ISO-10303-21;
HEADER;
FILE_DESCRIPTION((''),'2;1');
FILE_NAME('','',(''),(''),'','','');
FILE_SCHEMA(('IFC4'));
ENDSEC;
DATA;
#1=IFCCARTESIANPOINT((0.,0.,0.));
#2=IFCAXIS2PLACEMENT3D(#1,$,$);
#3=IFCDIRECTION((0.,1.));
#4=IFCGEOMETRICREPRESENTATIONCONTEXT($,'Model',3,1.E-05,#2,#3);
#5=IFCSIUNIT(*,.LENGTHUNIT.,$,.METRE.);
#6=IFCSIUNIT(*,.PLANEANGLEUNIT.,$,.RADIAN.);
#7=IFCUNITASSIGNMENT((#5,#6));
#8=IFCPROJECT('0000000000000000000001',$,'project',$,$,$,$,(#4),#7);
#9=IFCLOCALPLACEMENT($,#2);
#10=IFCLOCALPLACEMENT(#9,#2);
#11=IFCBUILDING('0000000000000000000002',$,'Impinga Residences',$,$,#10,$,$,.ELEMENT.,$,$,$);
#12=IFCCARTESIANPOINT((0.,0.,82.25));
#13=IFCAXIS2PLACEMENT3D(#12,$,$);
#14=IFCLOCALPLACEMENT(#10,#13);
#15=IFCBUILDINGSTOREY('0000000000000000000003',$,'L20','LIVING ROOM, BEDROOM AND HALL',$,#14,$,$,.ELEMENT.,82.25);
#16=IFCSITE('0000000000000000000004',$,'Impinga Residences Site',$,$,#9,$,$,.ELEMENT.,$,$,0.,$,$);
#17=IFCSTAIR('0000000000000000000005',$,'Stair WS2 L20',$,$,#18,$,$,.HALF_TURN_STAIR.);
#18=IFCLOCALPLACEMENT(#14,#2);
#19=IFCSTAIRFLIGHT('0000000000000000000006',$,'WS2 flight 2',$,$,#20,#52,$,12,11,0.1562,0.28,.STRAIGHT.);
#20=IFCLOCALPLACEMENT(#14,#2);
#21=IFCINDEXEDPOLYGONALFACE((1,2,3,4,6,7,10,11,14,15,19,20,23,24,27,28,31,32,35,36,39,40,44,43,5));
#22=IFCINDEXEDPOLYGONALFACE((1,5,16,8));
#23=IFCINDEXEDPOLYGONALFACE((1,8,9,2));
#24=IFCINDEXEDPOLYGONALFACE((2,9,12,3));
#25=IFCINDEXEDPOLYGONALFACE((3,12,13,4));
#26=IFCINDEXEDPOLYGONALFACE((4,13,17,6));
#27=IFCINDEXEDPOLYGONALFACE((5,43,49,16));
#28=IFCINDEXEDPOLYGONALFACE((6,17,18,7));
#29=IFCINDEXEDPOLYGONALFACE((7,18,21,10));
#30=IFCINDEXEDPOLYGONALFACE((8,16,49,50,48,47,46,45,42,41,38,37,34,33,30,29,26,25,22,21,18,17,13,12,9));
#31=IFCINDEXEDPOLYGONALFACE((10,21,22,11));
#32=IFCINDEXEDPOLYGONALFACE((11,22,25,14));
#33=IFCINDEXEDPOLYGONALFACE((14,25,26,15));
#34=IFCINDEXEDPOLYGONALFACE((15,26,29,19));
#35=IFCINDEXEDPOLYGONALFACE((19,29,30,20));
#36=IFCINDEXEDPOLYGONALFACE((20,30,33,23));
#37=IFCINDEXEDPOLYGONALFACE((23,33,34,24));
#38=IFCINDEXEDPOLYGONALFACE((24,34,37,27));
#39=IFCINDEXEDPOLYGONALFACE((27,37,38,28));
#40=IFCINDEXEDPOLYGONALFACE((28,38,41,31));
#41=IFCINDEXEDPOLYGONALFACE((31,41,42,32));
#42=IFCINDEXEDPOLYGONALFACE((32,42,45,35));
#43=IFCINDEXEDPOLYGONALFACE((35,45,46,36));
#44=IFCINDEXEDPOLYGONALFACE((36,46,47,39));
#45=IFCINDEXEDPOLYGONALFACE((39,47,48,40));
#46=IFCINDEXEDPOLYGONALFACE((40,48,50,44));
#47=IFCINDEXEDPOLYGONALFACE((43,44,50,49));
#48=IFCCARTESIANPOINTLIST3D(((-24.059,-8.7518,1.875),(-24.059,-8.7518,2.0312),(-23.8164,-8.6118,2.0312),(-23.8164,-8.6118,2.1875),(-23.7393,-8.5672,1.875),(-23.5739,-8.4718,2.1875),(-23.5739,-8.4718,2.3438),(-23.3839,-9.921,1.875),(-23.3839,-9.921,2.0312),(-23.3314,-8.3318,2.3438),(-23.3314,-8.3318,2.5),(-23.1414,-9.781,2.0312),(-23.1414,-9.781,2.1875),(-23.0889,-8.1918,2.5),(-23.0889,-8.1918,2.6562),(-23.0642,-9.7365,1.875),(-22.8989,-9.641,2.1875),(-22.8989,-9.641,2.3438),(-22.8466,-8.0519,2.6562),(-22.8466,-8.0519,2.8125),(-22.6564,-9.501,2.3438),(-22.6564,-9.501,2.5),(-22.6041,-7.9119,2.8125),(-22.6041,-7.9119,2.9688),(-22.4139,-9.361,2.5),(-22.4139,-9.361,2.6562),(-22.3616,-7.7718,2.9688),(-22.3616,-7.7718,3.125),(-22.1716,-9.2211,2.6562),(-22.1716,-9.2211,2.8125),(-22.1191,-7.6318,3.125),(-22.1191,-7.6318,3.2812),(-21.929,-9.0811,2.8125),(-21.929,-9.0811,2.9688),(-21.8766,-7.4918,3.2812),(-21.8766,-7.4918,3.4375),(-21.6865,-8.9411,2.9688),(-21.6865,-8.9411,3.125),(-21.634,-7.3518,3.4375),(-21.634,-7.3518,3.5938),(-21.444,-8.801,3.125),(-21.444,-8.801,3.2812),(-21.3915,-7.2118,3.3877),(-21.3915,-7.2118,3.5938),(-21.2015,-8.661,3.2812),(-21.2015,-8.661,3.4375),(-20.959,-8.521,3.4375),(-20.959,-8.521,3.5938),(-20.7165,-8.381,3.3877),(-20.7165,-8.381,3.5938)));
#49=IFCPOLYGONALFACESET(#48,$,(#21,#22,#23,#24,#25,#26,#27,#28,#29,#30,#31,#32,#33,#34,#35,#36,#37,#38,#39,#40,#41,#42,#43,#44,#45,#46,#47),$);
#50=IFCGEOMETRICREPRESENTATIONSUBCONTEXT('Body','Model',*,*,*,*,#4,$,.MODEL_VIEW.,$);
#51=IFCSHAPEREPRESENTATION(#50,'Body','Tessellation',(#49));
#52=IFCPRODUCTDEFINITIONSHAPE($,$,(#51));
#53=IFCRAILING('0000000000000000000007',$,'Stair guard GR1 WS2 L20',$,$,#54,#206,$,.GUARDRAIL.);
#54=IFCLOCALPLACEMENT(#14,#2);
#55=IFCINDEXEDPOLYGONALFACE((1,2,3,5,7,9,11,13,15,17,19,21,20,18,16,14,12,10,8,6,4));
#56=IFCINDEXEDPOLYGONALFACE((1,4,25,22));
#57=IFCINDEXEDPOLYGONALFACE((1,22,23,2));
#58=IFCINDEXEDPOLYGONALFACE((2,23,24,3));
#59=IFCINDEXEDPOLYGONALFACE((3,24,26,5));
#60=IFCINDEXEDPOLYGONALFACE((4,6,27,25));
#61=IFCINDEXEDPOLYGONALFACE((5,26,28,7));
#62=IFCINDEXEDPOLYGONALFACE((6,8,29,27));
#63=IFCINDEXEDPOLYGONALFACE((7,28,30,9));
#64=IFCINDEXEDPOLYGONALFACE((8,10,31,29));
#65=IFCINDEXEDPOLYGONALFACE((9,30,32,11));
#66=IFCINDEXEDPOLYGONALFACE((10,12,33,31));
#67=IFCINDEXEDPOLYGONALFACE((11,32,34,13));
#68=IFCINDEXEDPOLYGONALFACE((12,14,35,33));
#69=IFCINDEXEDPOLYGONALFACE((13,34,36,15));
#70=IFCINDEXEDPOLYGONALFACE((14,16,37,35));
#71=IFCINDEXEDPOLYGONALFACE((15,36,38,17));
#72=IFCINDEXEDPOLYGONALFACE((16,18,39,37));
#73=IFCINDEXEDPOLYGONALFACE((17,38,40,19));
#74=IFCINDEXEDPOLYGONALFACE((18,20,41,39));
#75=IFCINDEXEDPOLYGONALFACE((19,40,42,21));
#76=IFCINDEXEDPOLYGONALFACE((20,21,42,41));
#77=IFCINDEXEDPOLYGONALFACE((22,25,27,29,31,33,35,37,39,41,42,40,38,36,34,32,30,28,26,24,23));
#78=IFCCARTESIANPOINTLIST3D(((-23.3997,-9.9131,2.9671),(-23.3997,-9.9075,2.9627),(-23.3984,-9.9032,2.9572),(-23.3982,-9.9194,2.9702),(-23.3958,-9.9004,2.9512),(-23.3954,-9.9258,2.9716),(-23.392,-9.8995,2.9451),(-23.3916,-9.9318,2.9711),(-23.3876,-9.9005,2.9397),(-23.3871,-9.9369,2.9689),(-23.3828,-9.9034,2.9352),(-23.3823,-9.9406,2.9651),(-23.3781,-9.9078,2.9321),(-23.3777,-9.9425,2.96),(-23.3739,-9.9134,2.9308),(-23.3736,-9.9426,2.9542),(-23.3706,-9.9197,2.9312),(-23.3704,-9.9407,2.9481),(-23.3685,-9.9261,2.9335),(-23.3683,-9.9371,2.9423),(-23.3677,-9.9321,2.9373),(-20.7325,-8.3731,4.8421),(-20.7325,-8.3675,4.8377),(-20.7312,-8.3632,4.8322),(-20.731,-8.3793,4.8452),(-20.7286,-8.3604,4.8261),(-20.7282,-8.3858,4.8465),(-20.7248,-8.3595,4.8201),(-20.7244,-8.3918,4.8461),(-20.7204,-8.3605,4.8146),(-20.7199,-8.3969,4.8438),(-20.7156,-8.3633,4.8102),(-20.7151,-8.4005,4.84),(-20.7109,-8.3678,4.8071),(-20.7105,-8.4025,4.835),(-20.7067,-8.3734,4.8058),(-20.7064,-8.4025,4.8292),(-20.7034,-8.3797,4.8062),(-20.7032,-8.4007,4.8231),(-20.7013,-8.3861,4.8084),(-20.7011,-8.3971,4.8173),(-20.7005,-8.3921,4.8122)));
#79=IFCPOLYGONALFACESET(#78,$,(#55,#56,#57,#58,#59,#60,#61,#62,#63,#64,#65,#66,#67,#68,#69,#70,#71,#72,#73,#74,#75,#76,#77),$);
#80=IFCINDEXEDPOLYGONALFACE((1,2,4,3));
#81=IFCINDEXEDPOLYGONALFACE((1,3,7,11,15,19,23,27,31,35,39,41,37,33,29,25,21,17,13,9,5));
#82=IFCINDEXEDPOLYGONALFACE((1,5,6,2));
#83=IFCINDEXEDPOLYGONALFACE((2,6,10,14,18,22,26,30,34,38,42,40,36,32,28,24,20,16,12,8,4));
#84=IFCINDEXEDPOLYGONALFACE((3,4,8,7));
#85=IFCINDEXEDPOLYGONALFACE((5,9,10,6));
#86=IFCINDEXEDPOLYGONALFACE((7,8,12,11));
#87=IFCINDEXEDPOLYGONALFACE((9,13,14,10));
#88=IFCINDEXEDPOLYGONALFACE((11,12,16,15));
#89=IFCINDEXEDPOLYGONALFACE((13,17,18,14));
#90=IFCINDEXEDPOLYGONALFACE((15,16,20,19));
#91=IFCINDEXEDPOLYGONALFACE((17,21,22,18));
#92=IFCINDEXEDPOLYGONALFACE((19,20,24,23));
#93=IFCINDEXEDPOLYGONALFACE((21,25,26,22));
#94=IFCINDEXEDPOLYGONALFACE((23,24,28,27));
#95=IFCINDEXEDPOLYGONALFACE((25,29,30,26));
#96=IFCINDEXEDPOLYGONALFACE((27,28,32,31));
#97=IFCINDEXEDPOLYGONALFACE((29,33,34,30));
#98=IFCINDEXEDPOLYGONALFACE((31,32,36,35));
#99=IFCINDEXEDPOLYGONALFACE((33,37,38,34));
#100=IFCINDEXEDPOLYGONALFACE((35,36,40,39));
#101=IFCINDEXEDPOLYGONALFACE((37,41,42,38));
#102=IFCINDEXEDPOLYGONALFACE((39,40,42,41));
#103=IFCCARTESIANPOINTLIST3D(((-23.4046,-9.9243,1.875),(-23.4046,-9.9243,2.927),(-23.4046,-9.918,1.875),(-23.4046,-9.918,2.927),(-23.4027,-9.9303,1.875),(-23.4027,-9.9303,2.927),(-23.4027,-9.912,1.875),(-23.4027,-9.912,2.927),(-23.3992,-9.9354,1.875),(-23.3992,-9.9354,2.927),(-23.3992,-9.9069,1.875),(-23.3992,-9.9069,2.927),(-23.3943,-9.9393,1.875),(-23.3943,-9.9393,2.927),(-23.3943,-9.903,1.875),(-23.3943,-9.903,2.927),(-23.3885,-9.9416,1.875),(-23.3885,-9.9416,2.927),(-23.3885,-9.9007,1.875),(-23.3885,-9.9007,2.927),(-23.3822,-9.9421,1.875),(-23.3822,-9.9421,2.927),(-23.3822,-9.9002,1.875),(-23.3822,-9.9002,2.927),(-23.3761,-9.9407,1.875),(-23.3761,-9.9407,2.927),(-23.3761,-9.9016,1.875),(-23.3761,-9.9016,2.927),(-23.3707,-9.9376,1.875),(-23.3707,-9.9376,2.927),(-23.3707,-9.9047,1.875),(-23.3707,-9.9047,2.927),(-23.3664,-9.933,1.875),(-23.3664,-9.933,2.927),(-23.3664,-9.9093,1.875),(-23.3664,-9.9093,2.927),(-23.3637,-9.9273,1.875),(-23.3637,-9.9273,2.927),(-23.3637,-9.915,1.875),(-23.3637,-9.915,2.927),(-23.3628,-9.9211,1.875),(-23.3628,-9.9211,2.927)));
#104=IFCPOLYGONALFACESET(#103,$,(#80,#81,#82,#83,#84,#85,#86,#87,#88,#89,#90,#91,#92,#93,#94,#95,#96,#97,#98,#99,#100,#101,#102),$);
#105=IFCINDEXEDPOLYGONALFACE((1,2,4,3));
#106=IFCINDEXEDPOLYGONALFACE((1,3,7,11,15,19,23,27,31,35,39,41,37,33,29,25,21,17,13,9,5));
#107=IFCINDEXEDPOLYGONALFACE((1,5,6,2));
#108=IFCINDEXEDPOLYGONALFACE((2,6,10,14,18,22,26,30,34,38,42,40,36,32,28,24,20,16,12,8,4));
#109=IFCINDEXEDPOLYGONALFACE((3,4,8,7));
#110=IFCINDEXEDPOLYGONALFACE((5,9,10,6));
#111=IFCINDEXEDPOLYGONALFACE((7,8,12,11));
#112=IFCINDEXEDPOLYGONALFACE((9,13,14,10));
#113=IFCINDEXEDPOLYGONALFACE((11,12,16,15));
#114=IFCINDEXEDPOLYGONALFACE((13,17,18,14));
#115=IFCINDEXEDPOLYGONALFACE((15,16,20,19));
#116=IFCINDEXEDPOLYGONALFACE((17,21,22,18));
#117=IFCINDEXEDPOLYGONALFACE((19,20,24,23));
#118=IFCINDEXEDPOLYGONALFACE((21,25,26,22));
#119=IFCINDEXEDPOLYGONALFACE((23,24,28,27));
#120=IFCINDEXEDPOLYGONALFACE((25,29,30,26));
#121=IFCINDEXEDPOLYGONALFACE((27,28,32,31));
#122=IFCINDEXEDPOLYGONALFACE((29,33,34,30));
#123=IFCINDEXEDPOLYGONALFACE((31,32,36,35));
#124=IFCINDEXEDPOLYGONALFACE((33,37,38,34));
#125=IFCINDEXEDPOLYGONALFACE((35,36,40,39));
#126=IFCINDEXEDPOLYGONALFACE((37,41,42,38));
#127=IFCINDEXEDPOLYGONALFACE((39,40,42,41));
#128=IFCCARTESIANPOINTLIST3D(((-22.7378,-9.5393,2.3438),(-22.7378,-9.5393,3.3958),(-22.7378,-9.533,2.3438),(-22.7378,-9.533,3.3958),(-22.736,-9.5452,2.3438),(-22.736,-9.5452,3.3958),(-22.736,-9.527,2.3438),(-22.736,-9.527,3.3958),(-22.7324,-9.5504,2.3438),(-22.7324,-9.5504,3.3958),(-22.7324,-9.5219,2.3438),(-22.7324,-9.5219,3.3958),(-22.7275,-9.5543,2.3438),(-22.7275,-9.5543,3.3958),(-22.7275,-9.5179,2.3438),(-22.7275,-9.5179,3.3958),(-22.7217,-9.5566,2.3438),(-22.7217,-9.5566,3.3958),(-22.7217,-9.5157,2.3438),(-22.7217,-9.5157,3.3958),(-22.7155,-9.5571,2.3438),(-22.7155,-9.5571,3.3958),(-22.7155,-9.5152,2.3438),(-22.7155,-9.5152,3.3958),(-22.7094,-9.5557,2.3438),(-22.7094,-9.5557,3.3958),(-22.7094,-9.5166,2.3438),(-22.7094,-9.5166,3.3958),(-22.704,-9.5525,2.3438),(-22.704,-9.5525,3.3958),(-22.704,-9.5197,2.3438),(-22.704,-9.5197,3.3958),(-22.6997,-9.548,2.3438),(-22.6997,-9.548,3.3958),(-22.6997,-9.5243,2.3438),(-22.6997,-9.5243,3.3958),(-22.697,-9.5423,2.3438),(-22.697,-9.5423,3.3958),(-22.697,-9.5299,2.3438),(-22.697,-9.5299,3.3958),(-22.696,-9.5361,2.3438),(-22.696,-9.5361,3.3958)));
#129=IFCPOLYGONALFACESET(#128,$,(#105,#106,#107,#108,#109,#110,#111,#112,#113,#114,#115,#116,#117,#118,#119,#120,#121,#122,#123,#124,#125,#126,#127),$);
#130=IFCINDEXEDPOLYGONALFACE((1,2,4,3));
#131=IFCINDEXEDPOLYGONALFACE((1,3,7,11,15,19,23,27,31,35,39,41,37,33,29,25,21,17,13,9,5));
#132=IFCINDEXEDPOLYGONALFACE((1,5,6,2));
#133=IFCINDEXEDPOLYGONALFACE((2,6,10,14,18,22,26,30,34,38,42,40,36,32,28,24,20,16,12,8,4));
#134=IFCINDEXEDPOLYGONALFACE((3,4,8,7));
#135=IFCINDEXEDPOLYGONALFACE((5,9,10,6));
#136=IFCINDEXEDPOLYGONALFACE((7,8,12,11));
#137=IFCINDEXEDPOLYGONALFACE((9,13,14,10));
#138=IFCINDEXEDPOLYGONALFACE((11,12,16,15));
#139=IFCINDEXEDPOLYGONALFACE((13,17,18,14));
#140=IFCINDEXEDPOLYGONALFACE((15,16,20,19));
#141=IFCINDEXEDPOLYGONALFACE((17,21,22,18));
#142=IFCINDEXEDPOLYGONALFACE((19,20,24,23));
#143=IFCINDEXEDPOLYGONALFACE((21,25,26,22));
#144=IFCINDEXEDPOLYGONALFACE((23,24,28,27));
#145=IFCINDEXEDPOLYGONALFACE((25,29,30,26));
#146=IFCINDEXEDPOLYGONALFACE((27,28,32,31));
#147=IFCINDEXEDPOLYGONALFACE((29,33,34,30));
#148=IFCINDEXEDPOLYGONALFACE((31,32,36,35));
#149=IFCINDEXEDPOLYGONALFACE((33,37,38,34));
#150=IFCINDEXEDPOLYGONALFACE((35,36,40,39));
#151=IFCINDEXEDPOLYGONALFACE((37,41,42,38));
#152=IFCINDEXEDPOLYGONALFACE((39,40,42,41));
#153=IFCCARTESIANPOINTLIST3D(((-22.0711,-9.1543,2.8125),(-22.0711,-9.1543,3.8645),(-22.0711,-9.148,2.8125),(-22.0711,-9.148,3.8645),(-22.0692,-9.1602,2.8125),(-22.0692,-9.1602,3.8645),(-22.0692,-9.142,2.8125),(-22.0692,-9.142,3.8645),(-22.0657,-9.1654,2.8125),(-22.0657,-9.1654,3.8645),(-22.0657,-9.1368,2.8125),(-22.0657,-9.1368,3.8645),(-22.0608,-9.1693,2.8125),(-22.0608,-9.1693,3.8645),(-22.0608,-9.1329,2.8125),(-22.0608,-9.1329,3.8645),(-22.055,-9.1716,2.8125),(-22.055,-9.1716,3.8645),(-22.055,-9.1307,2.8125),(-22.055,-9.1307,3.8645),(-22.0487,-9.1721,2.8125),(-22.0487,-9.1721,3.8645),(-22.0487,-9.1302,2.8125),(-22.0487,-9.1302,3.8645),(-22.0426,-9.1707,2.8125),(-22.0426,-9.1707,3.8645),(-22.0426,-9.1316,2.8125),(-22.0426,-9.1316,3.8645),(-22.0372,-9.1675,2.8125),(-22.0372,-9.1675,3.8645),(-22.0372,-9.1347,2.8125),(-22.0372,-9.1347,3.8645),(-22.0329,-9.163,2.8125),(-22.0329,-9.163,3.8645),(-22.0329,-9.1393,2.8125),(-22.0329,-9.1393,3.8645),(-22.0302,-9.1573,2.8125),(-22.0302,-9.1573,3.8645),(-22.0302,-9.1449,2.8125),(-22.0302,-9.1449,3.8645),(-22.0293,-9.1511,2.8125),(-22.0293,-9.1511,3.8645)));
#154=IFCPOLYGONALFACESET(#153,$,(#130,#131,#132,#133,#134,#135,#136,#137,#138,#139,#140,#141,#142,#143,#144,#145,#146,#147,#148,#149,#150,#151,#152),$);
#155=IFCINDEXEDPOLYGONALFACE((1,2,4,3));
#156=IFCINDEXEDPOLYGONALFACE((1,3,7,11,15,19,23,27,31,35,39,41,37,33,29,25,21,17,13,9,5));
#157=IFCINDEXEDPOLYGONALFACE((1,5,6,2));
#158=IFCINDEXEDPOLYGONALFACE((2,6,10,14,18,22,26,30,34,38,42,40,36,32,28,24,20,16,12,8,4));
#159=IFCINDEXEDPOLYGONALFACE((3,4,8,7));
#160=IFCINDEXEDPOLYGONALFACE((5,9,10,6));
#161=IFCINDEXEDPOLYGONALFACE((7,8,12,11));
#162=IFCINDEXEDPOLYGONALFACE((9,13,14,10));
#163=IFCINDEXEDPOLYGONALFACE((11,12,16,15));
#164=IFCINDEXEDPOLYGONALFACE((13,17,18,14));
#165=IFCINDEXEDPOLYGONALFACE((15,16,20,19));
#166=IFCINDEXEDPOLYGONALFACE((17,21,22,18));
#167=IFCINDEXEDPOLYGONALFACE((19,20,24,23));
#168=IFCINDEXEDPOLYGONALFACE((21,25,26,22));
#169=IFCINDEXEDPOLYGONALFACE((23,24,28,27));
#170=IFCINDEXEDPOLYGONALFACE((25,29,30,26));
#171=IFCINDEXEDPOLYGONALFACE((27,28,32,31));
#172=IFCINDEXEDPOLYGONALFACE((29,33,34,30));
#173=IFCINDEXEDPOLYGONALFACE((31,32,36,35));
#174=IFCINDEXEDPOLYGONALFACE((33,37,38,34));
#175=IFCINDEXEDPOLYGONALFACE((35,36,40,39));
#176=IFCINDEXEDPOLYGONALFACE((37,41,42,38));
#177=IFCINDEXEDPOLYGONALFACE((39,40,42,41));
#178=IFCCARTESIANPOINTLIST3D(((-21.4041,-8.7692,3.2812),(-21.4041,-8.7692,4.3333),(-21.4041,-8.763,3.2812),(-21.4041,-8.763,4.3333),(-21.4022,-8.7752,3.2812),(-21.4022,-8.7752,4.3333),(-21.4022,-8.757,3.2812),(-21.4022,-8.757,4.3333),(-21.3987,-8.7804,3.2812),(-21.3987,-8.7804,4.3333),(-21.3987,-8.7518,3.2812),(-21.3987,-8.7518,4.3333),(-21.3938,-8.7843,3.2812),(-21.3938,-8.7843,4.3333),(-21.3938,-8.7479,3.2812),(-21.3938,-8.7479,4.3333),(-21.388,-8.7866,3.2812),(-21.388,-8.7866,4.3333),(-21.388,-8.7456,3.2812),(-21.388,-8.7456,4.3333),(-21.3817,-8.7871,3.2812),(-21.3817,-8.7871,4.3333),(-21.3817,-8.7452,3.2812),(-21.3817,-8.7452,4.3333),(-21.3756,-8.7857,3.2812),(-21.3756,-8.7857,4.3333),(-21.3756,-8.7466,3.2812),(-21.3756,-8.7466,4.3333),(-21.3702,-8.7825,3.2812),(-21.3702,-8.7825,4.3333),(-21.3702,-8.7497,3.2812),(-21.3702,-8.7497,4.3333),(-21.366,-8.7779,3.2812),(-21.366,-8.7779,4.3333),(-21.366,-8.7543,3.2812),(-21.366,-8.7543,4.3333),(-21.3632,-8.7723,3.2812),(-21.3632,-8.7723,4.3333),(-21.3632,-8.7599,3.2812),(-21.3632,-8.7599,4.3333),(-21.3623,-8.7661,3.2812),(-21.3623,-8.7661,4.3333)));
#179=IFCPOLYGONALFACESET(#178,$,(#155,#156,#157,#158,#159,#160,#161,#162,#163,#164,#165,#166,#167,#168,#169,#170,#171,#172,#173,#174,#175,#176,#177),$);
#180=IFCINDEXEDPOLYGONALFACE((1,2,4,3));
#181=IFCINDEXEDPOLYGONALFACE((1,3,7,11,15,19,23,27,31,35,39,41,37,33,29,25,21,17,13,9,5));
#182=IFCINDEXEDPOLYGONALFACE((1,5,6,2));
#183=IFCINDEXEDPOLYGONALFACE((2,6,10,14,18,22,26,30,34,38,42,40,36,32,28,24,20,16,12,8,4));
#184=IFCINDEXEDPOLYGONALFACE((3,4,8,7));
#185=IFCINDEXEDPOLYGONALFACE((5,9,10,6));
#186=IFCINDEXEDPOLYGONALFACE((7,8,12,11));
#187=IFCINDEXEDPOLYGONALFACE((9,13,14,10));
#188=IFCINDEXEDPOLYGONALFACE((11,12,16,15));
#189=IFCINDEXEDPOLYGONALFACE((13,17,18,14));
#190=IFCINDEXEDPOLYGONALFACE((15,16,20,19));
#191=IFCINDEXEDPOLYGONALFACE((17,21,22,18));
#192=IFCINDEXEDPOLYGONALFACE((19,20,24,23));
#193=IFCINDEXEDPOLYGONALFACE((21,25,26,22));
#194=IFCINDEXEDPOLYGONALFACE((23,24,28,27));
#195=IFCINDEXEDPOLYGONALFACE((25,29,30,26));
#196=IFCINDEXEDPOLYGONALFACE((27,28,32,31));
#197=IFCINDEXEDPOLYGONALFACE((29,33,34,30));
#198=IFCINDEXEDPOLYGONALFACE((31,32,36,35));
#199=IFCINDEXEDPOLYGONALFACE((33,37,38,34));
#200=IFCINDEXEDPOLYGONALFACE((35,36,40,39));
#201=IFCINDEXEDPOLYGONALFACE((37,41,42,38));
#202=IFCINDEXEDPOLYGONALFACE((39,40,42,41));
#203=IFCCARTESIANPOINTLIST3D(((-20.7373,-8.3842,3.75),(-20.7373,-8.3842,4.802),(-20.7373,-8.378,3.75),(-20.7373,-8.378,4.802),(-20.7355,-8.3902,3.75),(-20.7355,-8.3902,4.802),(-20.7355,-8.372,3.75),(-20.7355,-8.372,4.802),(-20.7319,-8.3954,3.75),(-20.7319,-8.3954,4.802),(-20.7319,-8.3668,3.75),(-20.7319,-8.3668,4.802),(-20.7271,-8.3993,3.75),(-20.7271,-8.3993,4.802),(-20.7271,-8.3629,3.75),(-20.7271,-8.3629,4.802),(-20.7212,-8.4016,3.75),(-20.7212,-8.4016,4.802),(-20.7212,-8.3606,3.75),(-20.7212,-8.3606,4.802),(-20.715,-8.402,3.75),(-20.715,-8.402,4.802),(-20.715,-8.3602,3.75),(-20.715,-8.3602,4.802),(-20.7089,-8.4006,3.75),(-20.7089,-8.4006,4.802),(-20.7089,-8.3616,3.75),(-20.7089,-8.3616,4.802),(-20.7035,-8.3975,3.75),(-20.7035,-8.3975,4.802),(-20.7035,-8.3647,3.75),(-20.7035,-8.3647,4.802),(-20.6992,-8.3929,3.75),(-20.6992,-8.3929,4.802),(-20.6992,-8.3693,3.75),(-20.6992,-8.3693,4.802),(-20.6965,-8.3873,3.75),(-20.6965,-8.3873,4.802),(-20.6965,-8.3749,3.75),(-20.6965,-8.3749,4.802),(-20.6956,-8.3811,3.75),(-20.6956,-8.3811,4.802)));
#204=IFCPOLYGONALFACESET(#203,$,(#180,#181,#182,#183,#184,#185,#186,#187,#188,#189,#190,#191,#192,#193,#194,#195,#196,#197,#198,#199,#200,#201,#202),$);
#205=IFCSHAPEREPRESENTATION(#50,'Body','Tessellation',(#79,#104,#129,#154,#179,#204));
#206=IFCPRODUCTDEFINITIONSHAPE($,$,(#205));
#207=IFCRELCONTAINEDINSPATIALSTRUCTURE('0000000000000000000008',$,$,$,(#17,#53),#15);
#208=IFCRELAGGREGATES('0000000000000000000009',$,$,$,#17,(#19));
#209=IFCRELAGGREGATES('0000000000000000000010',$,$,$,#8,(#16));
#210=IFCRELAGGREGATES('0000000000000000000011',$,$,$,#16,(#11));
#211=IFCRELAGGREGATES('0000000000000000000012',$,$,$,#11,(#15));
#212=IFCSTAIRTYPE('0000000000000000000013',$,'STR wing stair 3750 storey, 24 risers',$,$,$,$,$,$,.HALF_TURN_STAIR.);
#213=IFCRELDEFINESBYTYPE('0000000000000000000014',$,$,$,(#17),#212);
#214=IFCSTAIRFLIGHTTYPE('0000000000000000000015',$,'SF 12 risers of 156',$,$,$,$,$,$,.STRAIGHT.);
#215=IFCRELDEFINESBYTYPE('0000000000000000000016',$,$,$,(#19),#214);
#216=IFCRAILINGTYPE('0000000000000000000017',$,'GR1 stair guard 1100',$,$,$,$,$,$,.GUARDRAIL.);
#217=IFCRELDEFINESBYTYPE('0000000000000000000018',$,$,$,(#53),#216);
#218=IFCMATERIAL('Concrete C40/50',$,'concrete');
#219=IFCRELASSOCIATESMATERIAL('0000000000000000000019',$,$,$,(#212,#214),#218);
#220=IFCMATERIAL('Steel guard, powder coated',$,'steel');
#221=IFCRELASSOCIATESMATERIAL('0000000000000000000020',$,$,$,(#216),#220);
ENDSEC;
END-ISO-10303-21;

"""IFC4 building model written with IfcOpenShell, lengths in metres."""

from ifc_helpers import new_model, si_unit, direction, frame, origin, origin_2d, place, context, subcontext, project, spatial, polyline, circle, outline, extrude, material, type_object, element, aggregate, save


model = new_model("IFC4")

# Units and contexts
model_context = context("Model", 3, precision=1e-05, world=origin(), true_north=direction((0.0, 1.0)))
body_context = subcontext(model_context, "Body", "Model", "MODEL_VIEW")
ifc_project = project(units=[si_unit("LENGTHUNIT", "METRE"), si_unit("PLANEANGLEUNIT", "RADIAN")], contexts=[model_context])

# Site, building, storey
site_placement = place(None, origin())
site = spatial("IfcSite", under=ifc_project, at=site_placement, Name="Impinga Residences Site", CompositionType="ELEMENT", RefElevation=0.0)
building_placement = place(site_placement, origin())
building = spatial("IfcBuilding", under=site, at=building_placement, Name="Impinga Residences", CompositionType="ELEMENT")
storey_placement = place(building_placement, frame((0.0, 0.0, 82.25)))
storey = spatial("IfcBuildingStorey", under=building, at=storey_placement, Name="L20", Description="LIVING ROOM, BEDROOM AND HALL", CompositionType="ELEMENT", Elevation=82.25)

# Stair, stair flight
ifc_material_1 = material(Name="Concrete C40/50", Category="concrete")
stair_type = type_object("IfcStairType", Name="STR wing stair 3750 storey, 24 risers", PredefinedType="HALF_TURN_STAIR", material=ifc_material_1)
stair_placement = place(storey_placement, origin())
stair = element("IfcStair", 1, at=stair_placement, inside=storey, type_object=stair_type, Name="Stair WS2 L20", PredefinedType="HALF_TURN_STAIR")
stair_flight_type = type_object("IfcStairFlightType", Name="SF 12 risers of 156", PredefinedType="STRAIGHT", material=ifc_material_1)
stair_flight_1_placement = place(storey_placement, frame((-23.7214, -9.3364, 1.875), z_axis=(0.0, 0.0, 1.0), x_axis=(0.866025, 0.5, 0.0)))
stair_flight_1 = element("IfcStairFlight", 2, at=stair_flight_1_placement, type_object=stair_flight_type, Name="WS2 flight 2", NumberOfRisers=12, NumberOfTreads=11, PredefinedType="STRAIGHT", RiserHeight=0.1562, TreadLength=0.28, context=body_context, shape_type="SweptSolid", body=[
    extrude(outline(polyline([(0.0, 0.0), (0.0, 0.1562), (0.28, 0.1562), (0.28, 0.3125), (0.5601, 0.3125), (0.5601, 0.4688), (0.8401, 0.4688), (0.8401, 0.625), (1.1201, 0.625), (1.1201, 0.7812), (1.3999, 0.7812), (1.3999, 0.9375), (1.6799, 0.9375), (1.6799, 1.0938), (1.96, 1.0938), (1.96, 1.25), (2.24, 1.25), (2.24, 1.4062), (2.52, 1.4062), (2.52, 1.5625), (2.8, 1.5625), (2.8, 1.7188), (3.0801, 1.7188), (3.0801, 1.875), (3.0801, 1.5127), (0.3691, 0.0), (0.0, 0.0)])), frame((0.0, 0.675, 0.0), z_axis=(0.0, -1.0, 0.0), x_axis=(1.0, 0.0, 0.0)), (0.0, 0.0, 1.0), 1.3501),
])
aggregate(stair, [stair_flight_1])

# Railing
ifc_material_2 = material(Name="Steel guard, powder coated", Category="steel")
railing_type_1 = type_object("IfcRailingType", Name="GR1 stair guard 1100", PredefinedType="GUARDRAIL", material=ifc_material_2)
railing_1_placement = place(storey_placement, frame((-23.3838, -9.9211, 1.875)))
element("IfcRailing", 3, at=railing_1_placement, inside=storey, type_object=railing_type_1, Name="Stair guard GR1 WS2 L20", PredefinedType="GUARDRAIL", context=body_context, shape_type="SweptSolid", body=[
    extrude(circle(Radius=0.0239, at=origin_2d()), frame((0.0, 0.0, 1.0762), z_axis=(0.739716, 0.427105, 0.520002), x_axis=(-0.500027, 0.86601, 0.0)), (0.0, 0.0, 1.0), 3.6057),
    extrude(circle(Radius=0.021, at=origin_2d()), origin(), (0.0, 0.0, 1.0), 1.052),
    extrude(circle(Radius=0.021, at=origin_2d()), frame((0.6667, 0.385, 0.4688)), (0.0, 0.0, 1.0), 1.052),
    extrude(circle(Radius=0.021, at=origin_2d()), frame((1.3335, 0.77, 0.9375)), (0.0, 0.0, 1.0), 1.052),
    extrude(circle(Radius=0.021, at=origin_2d()), frame((2.0005, 1.155, 1.4062)), (0.0, 0.0, 1.0), 1.052),
    extrude(circle(Radius=0.021, at=origin_2d()), frame((2.6672, 1.54, 1.875)), (0.0, 0.0, 1.0), 1.052),
])

save(model, "model.ifc")
